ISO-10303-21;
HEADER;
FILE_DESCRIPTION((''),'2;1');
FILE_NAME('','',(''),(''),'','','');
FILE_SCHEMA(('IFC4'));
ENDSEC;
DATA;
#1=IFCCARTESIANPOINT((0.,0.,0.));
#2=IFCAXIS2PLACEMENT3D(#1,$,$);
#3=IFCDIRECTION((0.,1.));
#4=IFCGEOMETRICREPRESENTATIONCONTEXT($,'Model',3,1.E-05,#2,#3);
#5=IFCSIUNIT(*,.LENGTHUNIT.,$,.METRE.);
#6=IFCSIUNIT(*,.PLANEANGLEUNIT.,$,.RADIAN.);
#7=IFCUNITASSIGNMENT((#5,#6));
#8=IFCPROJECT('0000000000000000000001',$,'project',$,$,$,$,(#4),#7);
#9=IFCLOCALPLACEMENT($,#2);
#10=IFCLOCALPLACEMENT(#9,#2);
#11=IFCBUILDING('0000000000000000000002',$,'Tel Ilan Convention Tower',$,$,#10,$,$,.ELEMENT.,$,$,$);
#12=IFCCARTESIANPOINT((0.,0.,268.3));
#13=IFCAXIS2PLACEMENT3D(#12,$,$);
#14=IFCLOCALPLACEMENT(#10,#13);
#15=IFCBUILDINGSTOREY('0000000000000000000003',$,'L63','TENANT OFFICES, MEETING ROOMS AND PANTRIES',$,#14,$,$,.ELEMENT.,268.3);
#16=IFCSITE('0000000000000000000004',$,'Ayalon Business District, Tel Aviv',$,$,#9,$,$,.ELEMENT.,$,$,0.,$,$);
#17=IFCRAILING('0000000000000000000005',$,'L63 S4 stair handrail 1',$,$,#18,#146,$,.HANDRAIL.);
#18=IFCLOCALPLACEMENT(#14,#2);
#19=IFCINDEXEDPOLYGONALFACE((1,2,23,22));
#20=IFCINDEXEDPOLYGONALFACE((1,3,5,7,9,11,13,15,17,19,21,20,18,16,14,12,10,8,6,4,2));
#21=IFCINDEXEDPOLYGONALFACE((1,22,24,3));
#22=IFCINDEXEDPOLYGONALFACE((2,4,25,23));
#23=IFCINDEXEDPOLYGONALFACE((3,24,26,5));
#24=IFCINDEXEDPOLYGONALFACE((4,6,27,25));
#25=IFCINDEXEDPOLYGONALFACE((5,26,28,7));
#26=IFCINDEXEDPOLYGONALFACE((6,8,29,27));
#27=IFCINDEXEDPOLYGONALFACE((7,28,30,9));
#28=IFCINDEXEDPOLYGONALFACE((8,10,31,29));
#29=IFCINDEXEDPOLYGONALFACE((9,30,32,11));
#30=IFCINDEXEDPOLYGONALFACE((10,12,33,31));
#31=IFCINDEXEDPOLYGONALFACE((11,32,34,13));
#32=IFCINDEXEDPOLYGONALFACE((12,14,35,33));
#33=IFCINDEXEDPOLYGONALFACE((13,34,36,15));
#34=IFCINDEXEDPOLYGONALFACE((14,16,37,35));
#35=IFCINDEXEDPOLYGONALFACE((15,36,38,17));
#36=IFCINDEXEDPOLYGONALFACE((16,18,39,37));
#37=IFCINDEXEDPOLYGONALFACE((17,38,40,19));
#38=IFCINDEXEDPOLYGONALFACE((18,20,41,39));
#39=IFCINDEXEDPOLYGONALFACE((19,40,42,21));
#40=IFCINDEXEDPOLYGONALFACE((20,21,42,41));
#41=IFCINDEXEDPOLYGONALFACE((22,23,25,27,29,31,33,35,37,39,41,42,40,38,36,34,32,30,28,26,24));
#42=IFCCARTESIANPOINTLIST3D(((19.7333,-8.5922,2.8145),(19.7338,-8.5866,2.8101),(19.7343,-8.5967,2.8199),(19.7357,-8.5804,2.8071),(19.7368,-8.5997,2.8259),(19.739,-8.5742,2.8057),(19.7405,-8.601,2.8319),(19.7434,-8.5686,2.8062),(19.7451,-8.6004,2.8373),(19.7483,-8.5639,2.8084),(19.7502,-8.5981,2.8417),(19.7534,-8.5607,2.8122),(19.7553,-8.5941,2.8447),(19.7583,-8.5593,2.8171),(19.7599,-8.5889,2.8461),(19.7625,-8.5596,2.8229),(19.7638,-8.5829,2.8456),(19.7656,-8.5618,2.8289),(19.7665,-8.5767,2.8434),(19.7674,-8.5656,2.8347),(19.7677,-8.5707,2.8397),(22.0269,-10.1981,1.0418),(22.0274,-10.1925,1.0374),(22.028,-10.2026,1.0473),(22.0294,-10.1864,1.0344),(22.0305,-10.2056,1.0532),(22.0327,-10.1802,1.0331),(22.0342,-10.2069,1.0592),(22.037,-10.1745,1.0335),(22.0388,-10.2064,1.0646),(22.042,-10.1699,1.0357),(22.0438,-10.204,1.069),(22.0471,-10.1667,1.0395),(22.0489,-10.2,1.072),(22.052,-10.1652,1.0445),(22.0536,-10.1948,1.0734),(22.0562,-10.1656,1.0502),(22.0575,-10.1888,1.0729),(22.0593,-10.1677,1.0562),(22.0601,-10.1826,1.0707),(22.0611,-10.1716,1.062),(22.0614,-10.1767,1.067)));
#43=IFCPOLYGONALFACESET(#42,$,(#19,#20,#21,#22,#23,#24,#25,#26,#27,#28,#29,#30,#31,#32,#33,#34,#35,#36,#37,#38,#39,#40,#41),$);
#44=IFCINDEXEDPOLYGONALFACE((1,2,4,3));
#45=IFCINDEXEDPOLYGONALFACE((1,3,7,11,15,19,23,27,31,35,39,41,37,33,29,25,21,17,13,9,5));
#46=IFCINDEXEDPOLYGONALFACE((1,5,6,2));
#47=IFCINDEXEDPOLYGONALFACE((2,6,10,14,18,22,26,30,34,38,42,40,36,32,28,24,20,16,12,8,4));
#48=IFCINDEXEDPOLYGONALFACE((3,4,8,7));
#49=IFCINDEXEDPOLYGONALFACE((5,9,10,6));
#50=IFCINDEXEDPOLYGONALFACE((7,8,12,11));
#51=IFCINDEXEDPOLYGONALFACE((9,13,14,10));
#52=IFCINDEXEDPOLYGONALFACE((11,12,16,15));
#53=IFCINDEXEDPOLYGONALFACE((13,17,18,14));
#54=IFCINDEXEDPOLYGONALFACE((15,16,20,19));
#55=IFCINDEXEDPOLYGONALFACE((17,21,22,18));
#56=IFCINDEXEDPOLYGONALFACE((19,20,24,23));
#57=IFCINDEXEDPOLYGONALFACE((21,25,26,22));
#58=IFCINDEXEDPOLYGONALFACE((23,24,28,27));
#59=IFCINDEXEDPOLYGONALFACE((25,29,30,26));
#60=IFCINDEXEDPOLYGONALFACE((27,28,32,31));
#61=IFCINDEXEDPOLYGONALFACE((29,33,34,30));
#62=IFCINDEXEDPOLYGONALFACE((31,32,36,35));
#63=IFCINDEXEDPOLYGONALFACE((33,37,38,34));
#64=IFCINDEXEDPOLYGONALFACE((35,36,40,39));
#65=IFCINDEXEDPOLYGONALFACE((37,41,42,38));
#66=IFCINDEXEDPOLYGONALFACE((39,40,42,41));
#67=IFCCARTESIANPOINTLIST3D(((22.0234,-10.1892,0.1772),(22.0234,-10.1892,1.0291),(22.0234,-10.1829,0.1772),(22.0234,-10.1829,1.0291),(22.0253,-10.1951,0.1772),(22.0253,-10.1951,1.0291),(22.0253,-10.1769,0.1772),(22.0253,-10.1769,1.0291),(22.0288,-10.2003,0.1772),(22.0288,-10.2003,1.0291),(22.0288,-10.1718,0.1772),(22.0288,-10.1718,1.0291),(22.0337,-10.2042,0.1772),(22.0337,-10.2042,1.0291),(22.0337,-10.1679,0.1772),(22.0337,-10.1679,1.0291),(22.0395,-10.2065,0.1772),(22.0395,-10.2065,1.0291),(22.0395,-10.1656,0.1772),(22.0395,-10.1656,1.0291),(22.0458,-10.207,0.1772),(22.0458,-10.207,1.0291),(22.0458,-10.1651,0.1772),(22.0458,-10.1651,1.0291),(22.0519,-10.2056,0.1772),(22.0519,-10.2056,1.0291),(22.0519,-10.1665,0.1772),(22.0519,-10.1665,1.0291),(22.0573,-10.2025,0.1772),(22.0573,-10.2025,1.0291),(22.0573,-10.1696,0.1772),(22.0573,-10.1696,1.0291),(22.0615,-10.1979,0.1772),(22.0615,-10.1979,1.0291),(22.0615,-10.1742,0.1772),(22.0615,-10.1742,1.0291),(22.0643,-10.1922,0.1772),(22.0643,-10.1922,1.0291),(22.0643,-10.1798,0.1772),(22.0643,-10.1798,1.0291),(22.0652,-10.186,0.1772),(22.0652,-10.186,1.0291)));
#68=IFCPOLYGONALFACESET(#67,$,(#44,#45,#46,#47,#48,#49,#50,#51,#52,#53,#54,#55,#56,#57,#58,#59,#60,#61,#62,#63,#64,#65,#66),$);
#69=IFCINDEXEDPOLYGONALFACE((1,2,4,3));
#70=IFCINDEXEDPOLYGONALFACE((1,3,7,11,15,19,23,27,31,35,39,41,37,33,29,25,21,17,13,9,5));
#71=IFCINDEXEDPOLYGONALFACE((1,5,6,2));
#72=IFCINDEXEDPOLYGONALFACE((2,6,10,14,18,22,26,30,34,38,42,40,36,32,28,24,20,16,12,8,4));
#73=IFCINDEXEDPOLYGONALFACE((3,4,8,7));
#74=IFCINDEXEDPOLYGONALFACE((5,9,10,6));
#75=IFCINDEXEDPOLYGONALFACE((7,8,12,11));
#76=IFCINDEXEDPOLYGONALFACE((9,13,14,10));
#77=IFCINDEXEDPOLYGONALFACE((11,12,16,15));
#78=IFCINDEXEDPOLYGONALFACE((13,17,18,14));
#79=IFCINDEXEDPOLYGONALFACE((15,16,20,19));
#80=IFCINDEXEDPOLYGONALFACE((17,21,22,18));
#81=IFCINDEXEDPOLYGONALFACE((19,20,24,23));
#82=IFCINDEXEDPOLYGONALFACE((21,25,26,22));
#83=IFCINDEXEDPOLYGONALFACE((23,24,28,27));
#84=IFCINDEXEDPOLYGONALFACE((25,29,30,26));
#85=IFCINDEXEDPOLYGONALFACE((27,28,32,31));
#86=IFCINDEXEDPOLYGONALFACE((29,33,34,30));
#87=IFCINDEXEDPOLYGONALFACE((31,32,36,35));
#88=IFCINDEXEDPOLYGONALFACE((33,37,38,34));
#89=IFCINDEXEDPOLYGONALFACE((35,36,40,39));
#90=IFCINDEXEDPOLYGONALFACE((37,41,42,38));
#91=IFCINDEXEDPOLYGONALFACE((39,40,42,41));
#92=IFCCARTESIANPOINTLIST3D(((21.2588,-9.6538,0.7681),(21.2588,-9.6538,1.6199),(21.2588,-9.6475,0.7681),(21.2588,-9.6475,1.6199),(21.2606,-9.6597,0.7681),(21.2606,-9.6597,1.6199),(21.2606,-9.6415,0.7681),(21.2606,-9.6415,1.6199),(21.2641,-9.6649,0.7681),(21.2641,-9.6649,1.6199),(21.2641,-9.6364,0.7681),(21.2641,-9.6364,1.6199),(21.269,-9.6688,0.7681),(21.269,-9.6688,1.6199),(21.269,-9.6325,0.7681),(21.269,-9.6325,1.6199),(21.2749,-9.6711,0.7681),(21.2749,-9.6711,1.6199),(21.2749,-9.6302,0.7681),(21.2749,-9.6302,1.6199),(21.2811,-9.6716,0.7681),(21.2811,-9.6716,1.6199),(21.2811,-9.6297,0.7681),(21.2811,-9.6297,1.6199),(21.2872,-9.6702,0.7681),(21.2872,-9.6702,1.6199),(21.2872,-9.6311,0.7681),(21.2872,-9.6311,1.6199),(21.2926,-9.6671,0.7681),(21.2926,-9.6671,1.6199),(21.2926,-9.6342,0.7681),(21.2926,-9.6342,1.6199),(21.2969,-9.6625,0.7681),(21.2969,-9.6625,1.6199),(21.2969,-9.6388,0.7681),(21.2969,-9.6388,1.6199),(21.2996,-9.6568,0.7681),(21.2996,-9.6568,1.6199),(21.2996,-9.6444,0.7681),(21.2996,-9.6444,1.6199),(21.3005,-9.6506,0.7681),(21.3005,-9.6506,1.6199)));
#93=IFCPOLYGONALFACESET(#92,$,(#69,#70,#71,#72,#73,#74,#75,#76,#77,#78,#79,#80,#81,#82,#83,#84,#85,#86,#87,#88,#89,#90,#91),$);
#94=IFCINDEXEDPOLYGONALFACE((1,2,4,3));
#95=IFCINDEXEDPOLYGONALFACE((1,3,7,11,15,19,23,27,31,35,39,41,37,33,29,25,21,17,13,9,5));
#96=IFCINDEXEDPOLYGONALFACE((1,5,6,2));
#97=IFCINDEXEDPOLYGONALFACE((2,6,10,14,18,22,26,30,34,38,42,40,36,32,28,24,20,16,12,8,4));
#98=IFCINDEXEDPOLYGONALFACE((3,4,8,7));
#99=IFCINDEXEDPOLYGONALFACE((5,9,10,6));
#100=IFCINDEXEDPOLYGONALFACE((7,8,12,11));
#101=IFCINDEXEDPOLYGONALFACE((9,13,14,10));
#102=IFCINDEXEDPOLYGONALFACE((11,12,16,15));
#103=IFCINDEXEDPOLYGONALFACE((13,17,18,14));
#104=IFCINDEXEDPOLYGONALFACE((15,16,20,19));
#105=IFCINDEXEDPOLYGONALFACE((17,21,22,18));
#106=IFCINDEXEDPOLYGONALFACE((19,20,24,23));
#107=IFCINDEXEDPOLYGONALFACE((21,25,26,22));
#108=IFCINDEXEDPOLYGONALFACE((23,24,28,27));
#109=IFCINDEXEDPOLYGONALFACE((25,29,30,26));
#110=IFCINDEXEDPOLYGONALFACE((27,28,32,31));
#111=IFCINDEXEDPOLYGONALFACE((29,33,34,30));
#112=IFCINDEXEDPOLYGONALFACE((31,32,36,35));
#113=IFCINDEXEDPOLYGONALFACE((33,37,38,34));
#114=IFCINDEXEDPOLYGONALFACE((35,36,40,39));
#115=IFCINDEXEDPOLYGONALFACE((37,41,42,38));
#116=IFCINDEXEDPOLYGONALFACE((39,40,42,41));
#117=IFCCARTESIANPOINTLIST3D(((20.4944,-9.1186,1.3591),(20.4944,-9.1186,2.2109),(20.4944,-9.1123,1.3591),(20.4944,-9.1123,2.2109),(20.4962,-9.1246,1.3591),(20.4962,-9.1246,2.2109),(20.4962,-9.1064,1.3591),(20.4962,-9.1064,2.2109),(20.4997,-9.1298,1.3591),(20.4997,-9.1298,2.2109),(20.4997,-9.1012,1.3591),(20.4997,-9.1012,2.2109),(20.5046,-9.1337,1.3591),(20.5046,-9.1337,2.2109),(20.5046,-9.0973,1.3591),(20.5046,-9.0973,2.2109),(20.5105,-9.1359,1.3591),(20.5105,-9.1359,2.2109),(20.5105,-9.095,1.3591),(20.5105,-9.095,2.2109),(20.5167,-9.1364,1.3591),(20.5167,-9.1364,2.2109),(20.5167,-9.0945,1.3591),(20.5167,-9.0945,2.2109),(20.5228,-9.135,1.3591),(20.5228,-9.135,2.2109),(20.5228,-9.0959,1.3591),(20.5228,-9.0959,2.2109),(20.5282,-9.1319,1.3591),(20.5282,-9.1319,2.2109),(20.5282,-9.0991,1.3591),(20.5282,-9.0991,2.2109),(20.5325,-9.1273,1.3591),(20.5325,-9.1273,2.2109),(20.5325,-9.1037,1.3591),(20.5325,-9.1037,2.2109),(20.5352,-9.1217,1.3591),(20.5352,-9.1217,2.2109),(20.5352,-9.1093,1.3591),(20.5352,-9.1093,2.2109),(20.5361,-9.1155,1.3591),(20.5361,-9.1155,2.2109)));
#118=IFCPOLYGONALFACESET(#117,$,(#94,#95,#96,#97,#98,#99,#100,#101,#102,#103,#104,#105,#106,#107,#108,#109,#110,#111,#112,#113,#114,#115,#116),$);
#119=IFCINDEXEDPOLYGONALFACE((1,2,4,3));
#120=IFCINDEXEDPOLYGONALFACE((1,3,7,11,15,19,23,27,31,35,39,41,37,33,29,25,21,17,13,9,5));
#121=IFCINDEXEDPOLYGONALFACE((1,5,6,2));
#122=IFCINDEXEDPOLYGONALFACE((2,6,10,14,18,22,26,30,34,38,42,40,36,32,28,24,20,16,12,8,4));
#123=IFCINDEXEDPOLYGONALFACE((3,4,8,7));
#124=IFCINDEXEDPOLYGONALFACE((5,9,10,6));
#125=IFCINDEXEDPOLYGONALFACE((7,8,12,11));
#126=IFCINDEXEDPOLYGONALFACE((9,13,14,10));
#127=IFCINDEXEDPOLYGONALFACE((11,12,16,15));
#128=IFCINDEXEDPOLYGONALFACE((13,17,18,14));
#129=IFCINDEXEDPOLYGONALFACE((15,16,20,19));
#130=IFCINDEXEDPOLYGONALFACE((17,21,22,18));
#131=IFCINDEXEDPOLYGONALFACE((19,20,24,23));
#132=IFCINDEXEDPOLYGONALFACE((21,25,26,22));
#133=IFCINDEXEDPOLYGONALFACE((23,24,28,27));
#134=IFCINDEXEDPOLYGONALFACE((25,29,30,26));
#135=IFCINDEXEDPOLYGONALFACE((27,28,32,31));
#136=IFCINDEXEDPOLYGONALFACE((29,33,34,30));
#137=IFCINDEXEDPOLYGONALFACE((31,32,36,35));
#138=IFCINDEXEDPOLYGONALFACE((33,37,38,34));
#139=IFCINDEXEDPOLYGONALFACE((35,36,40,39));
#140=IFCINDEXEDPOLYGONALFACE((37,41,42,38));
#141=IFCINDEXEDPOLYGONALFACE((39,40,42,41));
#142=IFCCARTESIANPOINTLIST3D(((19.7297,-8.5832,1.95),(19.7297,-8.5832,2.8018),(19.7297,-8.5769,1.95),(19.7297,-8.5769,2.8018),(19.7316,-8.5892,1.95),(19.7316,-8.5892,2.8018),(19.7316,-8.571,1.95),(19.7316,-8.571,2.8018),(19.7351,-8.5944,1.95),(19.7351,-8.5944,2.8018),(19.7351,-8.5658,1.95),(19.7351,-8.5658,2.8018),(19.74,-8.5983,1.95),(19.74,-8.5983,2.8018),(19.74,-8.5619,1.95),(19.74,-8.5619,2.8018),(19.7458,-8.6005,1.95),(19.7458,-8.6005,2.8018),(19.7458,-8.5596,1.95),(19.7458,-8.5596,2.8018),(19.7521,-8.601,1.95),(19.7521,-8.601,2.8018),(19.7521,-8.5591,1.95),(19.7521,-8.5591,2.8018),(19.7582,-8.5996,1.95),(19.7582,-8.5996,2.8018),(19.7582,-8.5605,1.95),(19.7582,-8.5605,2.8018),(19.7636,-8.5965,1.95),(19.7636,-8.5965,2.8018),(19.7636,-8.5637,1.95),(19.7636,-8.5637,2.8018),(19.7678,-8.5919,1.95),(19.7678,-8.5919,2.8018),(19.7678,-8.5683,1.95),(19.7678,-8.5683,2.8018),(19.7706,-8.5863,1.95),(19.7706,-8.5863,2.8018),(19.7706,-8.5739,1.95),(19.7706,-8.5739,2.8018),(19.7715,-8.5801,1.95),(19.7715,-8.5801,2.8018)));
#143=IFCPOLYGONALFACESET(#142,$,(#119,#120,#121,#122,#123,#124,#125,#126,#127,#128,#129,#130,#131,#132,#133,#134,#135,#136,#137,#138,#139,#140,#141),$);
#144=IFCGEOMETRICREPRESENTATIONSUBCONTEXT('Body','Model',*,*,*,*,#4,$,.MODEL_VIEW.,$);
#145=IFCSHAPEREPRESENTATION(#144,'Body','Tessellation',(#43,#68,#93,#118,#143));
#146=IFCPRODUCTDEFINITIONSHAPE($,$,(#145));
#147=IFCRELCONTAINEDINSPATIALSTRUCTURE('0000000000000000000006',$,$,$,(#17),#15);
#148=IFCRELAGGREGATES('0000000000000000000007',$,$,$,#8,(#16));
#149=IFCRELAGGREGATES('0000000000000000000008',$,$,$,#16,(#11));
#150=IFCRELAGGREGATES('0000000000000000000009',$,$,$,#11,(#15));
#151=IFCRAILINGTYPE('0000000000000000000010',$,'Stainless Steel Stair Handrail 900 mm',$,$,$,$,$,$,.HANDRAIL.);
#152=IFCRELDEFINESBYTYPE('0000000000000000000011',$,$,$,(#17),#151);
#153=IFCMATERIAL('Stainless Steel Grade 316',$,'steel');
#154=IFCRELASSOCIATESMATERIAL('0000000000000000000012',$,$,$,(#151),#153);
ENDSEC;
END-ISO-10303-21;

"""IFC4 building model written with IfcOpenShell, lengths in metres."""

from ifc_helpers import new_model, si_unit, direction, frame, origin, origin_2d, place, context, subcontext, project, spatial, circle, extrude, material, type_object, element, save


model = new_model("IFC4")

# Units and contexts
model_context = context("Model", 3, precision=1e-05, world=origin(), true_north=direction((0.0, 1.0)))
body_context = subcontext(model_context, "Body", "Model", "MODEL_VIEW")
ifc_project = project(units=[si_unit("LENGTHUNIT", "METRE"), si_unit("PLANEANGLEUNIT", "RADIAN")], contexts=[model_context])

# Site, building, storey
site_placement = place(None, origin())
site = spatial("IfcSite", under=ifc_project, at=site_placement, Name="Ayalon Business District, Tel Aviv", CompositionType="ELEMENT", RefElevation=0.0)
building_placement = place(site_placement, origin())
building = spatial("IfcBuilding", under=site, at=building_placement, Name="Tel Ilan Convention Tower", CompositionType="ELEMENT")
storey_placement = place(building_placement, frame((0.0, 0.0, 268.3)))
storey = spatial("IfcBuildingStorey", under=building, at=storey_placement, Name="L63", Description="TENANT OFFICES, MEETING ROOMS AND PANTRIES", CompositionType="ELEMENT", Elevation=268.3)

# Railing
ifc_material_1 = material(Name="Stainless Steel Grade 316", Category="steel")
railing_type_1 = type_object("IfcRailingType", Name="Stainless Steel Stair Handrail 900 mm", PredefinedType="HANDRAIL", material=ifc_material_1)
railing_1_placement = place(storey_placement, frame((22.0442, -10.186, 0.1772)))
element("IfcRailing", 1, at=railing_1_placement, inside=storey, type_object=railing_type_1, Name="L63 S4 stair handrail 1", PredefinedType="HANDRAIL", context=body_context, shape_type="SweptSolid", body=[
    extrude(circle(Radius=0.0239, at=origin_2d()), frame((0.0, 0.0, 0.876), z_axis=(-0.692123, 0.484597, 0.534913), x_axis=(-0.57355, -0.81917, 0.0)), (0.0, 0.0, 1.0), 3.314),
    extrude(circle(Radius=0.021, at=origin_2d()), origin(), (0.0, 0.0, 1.0), 0.8518),
    extrude(circle(Radius=0.021, at=origin_2d()), frame((-0.7646, 0.5354, 0.5908)), (0.0, 0.0, 1.0), 0.8518),
    extrude(circle(Radius=0.021, at=origin_2d()), frame((-1.5291, 1.0706, 1.1819)), (0.0, 0.0, 1.0), 0.8518),
    extrude(circle(Radius=0.021, at=origin_2d()), frame((-2.2937, 1.606, 1.7727)), (0.0, 0.0, 1.0), 0.8518),
])

save(model, "model.ifc")
